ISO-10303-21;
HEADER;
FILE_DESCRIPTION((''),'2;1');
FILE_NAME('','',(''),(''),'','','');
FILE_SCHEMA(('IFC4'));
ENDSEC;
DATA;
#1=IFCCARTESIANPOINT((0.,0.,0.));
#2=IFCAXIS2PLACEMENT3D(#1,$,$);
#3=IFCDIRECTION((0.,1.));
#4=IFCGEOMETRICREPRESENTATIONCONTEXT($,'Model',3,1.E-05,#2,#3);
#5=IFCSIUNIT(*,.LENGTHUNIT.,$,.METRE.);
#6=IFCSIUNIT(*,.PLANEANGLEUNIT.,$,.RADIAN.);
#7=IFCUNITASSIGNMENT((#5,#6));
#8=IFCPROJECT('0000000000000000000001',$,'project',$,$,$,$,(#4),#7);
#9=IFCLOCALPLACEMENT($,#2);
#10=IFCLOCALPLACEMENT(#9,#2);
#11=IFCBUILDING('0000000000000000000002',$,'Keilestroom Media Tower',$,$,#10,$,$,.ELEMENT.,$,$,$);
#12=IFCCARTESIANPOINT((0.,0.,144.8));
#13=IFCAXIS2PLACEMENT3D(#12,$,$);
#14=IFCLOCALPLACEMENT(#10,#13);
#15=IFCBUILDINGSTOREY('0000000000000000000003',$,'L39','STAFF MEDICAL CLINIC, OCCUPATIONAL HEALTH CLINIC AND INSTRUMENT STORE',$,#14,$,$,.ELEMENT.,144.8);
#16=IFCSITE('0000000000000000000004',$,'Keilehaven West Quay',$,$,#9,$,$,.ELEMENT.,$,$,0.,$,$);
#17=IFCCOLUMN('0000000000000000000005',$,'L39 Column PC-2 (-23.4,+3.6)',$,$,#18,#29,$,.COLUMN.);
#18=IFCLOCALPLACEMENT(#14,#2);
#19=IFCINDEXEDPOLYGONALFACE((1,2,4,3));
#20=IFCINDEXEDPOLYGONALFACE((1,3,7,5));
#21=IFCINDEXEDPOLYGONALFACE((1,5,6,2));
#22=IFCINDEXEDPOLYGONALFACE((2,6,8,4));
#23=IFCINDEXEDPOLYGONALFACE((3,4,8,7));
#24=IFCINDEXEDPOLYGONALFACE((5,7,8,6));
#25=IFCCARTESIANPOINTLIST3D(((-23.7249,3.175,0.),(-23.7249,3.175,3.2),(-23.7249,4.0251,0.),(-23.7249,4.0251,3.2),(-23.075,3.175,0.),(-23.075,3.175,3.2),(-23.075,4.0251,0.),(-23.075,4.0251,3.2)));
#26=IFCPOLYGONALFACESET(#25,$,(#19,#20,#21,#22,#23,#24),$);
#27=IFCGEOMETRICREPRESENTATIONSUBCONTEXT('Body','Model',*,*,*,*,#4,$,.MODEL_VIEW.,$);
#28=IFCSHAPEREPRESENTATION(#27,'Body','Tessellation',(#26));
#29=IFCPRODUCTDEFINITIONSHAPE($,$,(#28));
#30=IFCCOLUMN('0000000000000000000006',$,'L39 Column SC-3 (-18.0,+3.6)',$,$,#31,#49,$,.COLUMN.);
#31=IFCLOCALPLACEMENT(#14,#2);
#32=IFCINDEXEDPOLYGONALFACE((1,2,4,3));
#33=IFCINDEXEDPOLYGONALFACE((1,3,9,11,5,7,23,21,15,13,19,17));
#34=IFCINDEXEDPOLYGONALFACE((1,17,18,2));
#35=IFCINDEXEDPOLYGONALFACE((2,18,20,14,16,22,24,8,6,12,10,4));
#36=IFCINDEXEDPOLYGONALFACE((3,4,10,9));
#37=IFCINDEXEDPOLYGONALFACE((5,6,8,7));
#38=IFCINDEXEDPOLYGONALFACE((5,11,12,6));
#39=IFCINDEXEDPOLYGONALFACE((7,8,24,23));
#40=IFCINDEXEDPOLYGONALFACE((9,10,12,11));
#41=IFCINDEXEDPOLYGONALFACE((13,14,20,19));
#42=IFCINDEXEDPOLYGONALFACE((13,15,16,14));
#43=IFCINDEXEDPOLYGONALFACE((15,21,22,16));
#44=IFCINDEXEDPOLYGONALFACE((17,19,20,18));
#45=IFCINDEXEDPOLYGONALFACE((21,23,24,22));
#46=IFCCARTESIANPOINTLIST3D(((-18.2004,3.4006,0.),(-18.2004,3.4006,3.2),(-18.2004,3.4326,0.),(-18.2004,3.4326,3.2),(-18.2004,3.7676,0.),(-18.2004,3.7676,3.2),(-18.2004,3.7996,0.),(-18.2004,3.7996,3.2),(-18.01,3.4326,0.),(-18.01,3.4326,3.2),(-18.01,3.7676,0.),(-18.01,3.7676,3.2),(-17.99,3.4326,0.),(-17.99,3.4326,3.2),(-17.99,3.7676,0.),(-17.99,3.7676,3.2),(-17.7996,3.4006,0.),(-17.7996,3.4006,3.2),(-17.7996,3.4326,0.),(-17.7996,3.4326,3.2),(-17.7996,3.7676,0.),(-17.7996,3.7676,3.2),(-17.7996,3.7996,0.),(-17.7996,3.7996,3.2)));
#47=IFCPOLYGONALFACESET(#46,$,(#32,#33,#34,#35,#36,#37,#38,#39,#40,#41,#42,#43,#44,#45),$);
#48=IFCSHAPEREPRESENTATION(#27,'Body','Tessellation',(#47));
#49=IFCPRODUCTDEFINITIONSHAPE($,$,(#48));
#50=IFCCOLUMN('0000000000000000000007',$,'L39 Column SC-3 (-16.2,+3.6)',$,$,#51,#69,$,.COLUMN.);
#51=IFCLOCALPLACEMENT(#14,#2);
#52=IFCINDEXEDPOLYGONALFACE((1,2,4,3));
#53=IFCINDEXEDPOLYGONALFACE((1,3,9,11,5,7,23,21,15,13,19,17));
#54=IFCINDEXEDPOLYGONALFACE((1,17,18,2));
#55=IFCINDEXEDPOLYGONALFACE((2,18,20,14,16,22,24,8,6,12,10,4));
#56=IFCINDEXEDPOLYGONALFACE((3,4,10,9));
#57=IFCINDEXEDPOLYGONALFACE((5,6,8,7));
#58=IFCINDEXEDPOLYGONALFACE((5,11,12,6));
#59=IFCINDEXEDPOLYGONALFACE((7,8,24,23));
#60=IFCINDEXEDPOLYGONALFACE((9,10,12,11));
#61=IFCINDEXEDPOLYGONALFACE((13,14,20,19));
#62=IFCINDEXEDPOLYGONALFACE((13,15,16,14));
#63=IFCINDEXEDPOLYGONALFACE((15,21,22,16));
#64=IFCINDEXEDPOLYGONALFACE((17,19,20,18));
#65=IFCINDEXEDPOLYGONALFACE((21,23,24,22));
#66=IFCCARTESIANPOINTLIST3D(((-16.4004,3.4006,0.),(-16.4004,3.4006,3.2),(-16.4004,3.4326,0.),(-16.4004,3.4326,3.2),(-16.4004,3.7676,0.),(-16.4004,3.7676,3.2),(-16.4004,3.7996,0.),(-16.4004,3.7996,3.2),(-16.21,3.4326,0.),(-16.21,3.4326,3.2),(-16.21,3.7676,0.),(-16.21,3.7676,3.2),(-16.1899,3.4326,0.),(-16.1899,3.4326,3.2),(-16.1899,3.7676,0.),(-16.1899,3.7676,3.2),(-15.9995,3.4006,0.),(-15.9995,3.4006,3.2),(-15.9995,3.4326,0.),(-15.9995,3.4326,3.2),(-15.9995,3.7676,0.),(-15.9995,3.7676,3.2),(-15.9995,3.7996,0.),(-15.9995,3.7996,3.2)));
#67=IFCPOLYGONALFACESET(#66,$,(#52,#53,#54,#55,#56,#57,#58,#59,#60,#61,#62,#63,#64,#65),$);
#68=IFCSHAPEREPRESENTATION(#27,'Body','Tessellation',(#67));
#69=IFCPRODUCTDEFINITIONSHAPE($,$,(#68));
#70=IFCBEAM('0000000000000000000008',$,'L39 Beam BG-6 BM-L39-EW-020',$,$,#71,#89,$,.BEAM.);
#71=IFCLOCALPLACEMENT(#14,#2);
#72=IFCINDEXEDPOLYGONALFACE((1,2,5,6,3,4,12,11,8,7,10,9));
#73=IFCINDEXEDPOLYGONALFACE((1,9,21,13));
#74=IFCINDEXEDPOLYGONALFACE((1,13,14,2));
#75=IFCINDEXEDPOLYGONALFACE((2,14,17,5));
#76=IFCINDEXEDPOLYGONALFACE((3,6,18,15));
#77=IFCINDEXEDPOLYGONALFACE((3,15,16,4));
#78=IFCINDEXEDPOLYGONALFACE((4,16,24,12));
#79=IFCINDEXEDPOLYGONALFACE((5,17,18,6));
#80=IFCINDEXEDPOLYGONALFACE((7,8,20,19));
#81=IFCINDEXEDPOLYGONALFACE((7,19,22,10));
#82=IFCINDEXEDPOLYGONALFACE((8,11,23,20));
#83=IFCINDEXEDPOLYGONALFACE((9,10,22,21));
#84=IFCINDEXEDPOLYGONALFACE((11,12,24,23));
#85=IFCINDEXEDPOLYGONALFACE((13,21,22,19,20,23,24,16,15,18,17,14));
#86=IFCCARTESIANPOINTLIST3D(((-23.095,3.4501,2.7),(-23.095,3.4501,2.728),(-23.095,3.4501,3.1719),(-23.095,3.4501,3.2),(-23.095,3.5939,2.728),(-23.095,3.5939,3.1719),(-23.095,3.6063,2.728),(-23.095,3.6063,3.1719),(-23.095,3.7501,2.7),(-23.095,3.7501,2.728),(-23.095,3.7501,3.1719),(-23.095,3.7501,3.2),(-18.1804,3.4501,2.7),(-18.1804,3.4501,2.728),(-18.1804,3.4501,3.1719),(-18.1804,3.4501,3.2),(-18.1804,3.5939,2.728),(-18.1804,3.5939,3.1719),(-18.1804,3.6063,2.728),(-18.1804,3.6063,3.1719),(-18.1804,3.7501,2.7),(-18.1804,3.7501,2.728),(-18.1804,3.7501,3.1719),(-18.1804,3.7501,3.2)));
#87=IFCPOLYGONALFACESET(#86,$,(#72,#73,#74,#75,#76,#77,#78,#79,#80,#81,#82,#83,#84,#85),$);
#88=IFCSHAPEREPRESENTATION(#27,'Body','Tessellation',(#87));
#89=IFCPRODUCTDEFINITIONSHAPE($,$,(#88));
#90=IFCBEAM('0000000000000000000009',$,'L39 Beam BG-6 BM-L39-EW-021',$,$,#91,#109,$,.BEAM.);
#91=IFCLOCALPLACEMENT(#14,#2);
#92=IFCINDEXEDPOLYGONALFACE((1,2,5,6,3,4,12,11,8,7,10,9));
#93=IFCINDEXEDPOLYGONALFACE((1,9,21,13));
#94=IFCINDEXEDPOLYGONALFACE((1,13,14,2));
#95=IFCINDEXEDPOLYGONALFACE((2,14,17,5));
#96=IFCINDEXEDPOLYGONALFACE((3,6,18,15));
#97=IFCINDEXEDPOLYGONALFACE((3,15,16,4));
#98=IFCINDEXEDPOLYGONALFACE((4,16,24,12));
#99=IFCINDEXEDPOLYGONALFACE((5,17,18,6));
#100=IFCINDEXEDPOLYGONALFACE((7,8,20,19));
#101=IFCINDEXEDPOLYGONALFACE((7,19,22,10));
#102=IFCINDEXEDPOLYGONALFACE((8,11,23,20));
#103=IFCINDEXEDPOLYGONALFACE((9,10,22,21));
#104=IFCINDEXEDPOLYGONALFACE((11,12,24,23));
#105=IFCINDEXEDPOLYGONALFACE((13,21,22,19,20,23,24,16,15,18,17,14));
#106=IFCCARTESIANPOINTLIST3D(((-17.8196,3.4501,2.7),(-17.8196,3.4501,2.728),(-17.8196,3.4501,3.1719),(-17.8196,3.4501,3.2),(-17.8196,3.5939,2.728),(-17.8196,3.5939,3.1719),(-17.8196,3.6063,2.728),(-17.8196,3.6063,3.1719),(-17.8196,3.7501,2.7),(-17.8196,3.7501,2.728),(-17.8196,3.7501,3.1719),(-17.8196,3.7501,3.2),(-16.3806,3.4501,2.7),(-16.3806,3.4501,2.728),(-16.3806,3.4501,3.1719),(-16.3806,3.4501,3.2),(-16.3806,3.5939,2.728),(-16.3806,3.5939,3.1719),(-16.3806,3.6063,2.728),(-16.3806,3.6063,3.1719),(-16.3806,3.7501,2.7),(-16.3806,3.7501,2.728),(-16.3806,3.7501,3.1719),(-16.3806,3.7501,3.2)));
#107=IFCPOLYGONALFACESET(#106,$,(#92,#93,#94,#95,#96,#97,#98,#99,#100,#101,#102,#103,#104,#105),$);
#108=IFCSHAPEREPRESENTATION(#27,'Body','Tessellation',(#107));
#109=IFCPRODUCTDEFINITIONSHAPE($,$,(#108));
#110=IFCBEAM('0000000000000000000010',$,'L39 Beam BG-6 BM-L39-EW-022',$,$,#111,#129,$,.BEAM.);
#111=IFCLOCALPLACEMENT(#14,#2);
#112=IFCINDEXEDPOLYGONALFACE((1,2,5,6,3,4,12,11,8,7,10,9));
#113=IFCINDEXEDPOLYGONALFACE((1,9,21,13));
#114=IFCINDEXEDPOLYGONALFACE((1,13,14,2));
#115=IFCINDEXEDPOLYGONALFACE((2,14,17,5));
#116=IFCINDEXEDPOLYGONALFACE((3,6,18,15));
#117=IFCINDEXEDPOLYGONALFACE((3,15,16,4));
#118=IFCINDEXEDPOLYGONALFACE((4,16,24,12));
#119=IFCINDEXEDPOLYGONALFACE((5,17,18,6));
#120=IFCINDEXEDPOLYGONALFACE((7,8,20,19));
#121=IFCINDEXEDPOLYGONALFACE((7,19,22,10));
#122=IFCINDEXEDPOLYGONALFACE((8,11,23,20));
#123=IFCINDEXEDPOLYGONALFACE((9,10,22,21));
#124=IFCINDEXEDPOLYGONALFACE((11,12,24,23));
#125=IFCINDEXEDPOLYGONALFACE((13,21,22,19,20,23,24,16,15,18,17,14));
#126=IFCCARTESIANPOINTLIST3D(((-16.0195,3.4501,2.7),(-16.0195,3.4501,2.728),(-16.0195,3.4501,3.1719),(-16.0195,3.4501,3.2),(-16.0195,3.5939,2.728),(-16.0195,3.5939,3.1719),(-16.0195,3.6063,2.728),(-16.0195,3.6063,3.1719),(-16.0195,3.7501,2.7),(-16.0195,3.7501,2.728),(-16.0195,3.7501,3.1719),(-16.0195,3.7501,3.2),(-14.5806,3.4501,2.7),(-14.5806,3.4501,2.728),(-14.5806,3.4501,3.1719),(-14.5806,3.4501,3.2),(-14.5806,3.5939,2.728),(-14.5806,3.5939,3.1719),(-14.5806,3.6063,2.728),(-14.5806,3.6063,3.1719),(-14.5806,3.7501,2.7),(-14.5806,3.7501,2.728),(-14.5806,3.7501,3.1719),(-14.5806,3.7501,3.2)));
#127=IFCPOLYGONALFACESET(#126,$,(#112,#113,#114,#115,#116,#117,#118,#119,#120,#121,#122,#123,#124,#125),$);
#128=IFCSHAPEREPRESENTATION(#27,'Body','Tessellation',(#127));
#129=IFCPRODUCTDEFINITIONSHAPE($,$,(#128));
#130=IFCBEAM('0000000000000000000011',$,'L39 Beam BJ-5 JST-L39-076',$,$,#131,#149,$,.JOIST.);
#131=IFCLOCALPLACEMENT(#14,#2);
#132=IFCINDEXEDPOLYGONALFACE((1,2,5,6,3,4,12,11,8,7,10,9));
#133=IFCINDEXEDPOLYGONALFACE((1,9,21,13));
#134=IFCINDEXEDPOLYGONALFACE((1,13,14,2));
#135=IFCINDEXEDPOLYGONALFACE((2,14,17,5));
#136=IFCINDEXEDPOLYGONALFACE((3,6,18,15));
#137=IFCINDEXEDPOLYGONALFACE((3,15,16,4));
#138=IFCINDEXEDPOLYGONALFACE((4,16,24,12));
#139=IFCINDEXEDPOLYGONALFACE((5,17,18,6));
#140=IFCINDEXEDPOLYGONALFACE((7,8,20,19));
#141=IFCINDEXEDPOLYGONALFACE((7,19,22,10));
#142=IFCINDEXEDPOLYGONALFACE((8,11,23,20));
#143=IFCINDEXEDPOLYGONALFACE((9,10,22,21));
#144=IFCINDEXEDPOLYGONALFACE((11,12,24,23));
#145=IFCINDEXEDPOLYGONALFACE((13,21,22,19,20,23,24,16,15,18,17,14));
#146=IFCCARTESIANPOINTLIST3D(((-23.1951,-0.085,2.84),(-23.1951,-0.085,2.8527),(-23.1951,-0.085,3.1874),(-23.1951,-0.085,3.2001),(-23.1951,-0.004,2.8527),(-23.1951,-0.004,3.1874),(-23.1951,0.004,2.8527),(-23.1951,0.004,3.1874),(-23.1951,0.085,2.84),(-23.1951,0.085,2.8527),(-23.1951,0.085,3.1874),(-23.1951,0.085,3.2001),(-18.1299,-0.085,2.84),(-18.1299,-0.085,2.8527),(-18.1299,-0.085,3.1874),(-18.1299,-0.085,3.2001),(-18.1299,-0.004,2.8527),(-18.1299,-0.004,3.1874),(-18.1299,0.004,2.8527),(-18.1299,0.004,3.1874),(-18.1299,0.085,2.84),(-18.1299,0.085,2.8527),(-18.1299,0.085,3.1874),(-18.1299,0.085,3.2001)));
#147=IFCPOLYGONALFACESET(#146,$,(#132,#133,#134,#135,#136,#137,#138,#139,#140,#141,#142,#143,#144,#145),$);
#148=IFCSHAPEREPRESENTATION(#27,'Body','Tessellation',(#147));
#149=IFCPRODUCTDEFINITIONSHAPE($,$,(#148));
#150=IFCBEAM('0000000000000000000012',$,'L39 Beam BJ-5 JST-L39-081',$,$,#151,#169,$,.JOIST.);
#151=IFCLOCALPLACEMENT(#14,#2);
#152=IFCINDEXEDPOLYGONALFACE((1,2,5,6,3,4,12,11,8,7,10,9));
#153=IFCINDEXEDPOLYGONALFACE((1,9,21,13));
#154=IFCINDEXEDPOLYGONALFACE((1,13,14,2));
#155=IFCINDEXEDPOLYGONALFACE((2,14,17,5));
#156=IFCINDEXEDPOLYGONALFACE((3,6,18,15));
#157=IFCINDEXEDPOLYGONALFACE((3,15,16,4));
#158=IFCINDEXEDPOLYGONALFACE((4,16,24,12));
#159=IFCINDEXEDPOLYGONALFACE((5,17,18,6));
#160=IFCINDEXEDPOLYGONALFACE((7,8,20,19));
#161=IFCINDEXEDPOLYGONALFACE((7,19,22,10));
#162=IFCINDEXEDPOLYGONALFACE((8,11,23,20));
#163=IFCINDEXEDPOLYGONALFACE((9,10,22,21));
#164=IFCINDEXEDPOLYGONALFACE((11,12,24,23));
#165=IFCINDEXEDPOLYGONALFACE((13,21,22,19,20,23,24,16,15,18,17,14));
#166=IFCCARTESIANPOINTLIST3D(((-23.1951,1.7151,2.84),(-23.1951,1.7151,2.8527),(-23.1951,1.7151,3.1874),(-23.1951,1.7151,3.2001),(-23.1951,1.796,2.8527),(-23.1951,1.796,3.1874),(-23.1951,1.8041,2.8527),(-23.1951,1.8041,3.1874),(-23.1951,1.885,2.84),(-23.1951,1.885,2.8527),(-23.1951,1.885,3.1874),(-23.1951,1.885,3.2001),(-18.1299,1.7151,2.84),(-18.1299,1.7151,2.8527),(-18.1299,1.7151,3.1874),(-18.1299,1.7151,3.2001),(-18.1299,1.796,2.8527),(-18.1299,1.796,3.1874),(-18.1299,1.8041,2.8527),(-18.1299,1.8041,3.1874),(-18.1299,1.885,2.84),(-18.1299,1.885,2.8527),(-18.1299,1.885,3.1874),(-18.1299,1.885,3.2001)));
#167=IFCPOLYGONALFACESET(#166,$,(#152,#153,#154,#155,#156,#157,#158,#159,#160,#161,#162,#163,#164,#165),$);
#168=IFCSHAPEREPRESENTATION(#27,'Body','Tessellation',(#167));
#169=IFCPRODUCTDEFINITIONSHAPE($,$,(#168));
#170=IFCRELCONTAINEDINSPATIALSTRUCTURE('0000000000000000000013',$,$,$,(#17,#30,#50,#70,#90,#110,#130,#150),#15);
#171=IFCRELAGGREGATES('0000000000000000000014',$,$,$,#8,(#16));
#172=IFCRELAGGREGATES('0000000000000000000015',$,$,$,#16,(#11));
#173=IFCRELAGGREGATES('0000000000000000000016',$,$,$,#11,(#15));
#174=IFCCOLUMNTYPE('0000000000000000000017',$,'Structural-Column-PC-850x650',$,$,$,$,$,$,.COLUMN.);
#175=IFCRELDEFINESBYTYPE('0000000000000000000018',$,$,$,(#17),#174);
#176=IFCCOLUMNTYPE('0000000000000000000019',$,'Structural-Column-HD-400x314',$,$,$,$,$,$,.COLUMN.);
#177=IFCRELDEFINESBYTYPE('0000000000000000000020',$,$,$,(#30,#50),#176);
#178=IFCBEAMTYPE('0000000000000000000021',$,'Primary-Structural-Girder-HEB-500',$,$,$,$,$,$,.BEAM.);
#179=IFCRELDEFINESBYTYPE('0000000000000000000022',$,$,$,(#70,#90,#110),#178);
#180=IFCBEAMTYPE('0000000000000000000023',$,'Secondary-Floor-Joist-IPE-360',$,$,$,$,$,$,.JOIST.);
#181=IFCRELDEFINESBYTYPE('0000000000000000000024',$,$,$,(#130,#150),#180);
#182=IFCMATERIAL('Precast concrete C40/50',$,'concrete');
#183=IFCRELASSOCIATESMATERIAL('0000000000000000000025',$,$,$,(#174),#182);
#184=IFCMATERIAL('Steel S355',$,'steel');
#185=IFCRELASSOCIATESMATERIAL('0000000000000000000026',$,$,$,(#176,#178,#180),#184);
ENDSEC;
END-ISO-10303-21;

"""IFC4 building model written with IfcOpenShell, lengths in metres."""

from ifc_helpers import new_model, si_unit, direction, frame, origin, origin_2d, place, context, subcontext, project, spatial, rectangle, i_section, extrude, source, transform, mapped, material, material_profile, profile_set, type_object, element, save


model = new_model("IFC4")

# Units and contexts
model_context = context("Model", 3, precision=1e-05, world=origin(), true_north=direction((0.0, 1.0)))
body_context = subcontext(model_context, "Body", "Model", "MODEL_VIEW")
ifc_project = project(units=[si_unit("LENGTHUNIT", "METRE"), si_unit("PLANEANGLEUNIT", "RADIAN")], contexts=[model_context])

# Site, building, storey
site_placement = place(None, origin())
site = spatial("IfcSite", under=ifc_project, at=site_placement, Name="Keilehaven West Quay", CompositionType="ELEMENT", RefElevation=0.0)
building_placement = place(site_placement, origin())
building = spatial("IfcBuilding", under=site, at=building_placement, Name="Keilestroom Media Tower", CompositionType="ELEMENT")
storey_placement = place(building_placement, frame((0.0, 0.0, 144.8)))
storey = spatial("IfcBuildingStorey", under=building, at=storey_placement, Name="L39", Description="STAFF MEDICAL CLINIC, OCCUPATIONAL HEALTH CLINIC AND INSTRUMENT STORE", CompositionType="ELEMENT", Elevation=144.8)

# Columns
ifc_material_1 = material(Name="Precast concrete C40/50", Category="concrete")
ifc_material_profile_1 = material_profile(ifc_material_1, rectangle(XDim=0.6499, YDim=0.8501, at=origin_2d()), Name="PC 850x650")
ifc_profile_set_1 = profile_set([ifc_material_profile_1], Name="Precast concrete C40/50")
column_type_1 = type_object("IfcColumnType", Name="Structural-Column-PC-850x650", PredefinedType="COLUMN", material=ifc_profile_set_1)
shared_shape_1 = source(origin(), body_context, "Body", "SweptSolid", [
    extrude(rectangle(XDim=0.6499, YDim=0.8501, at=origin_2d()), origin(), (0.0, 0.0, 1.0), 3.2),
])
column_placement = place(storey_placement, frame((-23.3999, 3.6001, 0.0), z_axis=(0.0, 0.0, 1.0), x_axis=(1.0, 0.0, 0.0)))
element("IfcColumn", 1, at=column_placement, inside=storey, type_object=column_type_1, Name="L39 Column PC-2 (-23.4,+3.6)", PredefinedType="COLUMN", context=body_context, shape_type="MappedRepresentation", body=[
    mapped(shared_shape_1, transform((0.0, 0.0, 0.0), x_axis=(1.0, 0.0, 0.0), y_axis=(0.0, 1.0, 0.0), z_axis=(0.0, 0.0, 1.0), scale=1.0)),
])
ifc_material_2 = material(Name="Steel S355", Category="steel")
ifc_material_profile_2 = material_profile(ifc_material_2, i_section(OverallWidth=0.4009, OverallDepth=0.3989, WebThickness=0.02, FlangeThickness=0.032, at=origin_2d()), Name="HD 400x314")
ifc_profile_set_2 = profile_set([ifc_material_profile_2], Name="Steel S355")
column_type_2 = type_object("IfcColumnType", Name="Structural-Column-HD-400x314", PredefinedType="COLUMN", material=ifc_profile_set_2)
shared_shape_2 = source(origin(), body_context, "Body", "SweptSolid", [
    extrude(i_section(OverallWidth=0.4009, OverallDepth=0.3989, WebThickness=0.02, FlangeThickness=0.032, at=origin_2d()), origin(), (0.0, 0.0, 1.0), 3.2),
])
for number, where, z_axis, x_axis, name in (
    (2, (-18.0, 3.6001, 0.0), (0.0, 0.0, 1.0), (1.0, 0.0, 0.0), "L39 Column SC-3 (-18.0,+3.6)"),
    (3, (-16.2, 3.6001, 0.0), (0.0, 0.0, 1.0), (1.0, 0.0, 0.0), "L39 Column SC-3 (-16.2,+3.6)"),
):
    element("IfcColumn", number, at=place(storey_placement, frame(where, z_axis=z_axis, x_axis=x_axis)), inside=storey, type_object=column_type_2, Name=name, PredefinedType="COLUMN", context=body_context, shape_type="MappedRepresentation", body=[
        mapped(shared_shape_2, transform((0.0, 0.0, 0.0), x_axis=(1.0, 0.0, 0.0), y_axis=(0.0, 1.0, 0.0), z_axis=(0.0, 0.0, 1.0), scale=1.0)),
    ])

# Beams
ifc_material_profile_3 = material_profile(ifc_material_2, i_section(OverallWidth=0.3, OverallDepth=0.5, WebThickness=0.0125, FlangeThickness=0.0281, at=origin_2d()), Name="HEB 500")
ifc_profile_set_3 = profile_set([ifc_material_profile_3], Name="Steel S355")
beam_type_1 = type_object("IfcBeamType", Name="Primary-Structural-Girder-HEB-500", PredefinedType="BEAM", material=ifc_profile_set_3)
shared_shape_3 = source(origin(), body_context, "Body", "SweptSolid", [
    extrude(i_section(OverallWidth=0.3, OverallDepth=0.5, WebThickness=0.0125, FlangeThickness=0.0281, at=origin_2d()), origin(), (0.0, 0.0, 1.0), 4.9146),
])
beam_1_placement = place(storey_placement, frame((-23.095, 3.6001, 2.95), z_axis=(1.0, 0.0, 0.0), x_axis=(0.0, 1.0, 0.0)))
element("IfcBeam", 4, at=beam_1_placement, inside=storey, type_object=beam_type_1, Name="L39 Beam BG-6 BM-L39-EW-020", PredefinedType="BEAM", context=body_context, shape_type="MappedRepresentation", body=[
    mapped(shared_shape_3, transform((0.0, 0.0, 0.0), x_axis=(1.0, 0.0, 0.0), y_axis=(0.0, 1.0, 0.0), z_axis=(0.0, 0.0, 1.0), scale=1.0)),
])
shared_shape_4 = source(origin(), body_context, "Body", "SweptSolid", [
    extrude(i_section(OverallWidth=0.3, OverallDepth=0.5, WebThickness=0.0125, FlangeThickness=0.0281, at=origin_2d()), origin(), (0.0, 0.0, 1.0), 1.439),
])
for number, where, z_axis, x_axis, name in (
    (5, (-17.8196, 3.6001, 2.95), (1.0, 0.0, 0.0), (0.0, 1.0, 0.0), "L39 Beam BG-6 BM-L39-EW-021"),
    (6, (-16.0195, 3.6001, 2.95), (1.0, 0.0, 0.0), (0.0, 1.0, 0.0), "L39 Beam BG-6 BM-L39-EW-022"),
):
    element("IfcBeam", number, at=place(storey_placement, frame(where, z_axis=z_axis, x_axis=x_axis)), inside=storey, type_object=beam_type_1, Name=name, PredefinedType="BEAM", context=body_context, shape_type="MappedRepresentation", body=[
        mapped(shared_shape_4, transform((0.0, 0.0, 0.0), x_axis=(1.0, 0.0, 0.0), y_axis=(0.0, 1.0, 0.0), z_axis=(0.0, 0.0, 1.0), scale=1.0)),
    ])
ifc_material_profile_4 = material_profile(ifc_material_2, i_section(OverallWidth=0.1699, OverallDepth=0.3601, WebThickness=0.0081, FlangeThickness=0.0127, at=origin_2d()), Name="IPE 360")
ifc_profile_set_4 = profile_set([ifc_material_profile_4], Name="Steel S355")
beam_type_2 = type_object("IfcBeamType", Name="Secondary-Floor-Joist-IPE-360", PredefinedType="JOIST", material=ifc_profile_set_4)
shared_shape_5 = source(origin(), body_context, "Body", "SweptSolid", [
    extrude(i_section(OverallWidth=0.1699, OverallDepth=0.3601, WebThickness=0.0081, FlangeThickness=0.0127, at=origin_2d()), origin(), (0.0, 0.0, 1.0), 5.0652),
])
for number, where, z_axis, x_axis, name in (
    (7, (-23.1951, 0.0, 3.02), (1.0, 0.0, 0.0), (0.0, 1.0, 0.0), "L39 Beam BJ-5 JST-L39-076"),
    (8, (-23.1951, 1.8, 3.02), (1.0, 0.0, 0.0), (0.0, 1.0, 0.0), "L39 Beam BJ-5 JST-L39-081"),
):
    element("IfcBeam", number, at=place(storey_placement, frame(where, z_axis=z_axis, x_axis=x_axis)), inside=storey, type_object=beam_type_2, Name=name, PredefinedType="JOIST", context=body_context, shape_type="MappedRepresentation", body=[
        mapped(shared_shape_5, transform((0.0, 0.0, 0.0), x_axis=(1.0, 0.0, 0.0), y_axis=(0.0, 1.0, 0.0), z_axis=(0.0, 0.0, 1.0), scale=1.0)),
    ])

save(model, "model.ifc")
